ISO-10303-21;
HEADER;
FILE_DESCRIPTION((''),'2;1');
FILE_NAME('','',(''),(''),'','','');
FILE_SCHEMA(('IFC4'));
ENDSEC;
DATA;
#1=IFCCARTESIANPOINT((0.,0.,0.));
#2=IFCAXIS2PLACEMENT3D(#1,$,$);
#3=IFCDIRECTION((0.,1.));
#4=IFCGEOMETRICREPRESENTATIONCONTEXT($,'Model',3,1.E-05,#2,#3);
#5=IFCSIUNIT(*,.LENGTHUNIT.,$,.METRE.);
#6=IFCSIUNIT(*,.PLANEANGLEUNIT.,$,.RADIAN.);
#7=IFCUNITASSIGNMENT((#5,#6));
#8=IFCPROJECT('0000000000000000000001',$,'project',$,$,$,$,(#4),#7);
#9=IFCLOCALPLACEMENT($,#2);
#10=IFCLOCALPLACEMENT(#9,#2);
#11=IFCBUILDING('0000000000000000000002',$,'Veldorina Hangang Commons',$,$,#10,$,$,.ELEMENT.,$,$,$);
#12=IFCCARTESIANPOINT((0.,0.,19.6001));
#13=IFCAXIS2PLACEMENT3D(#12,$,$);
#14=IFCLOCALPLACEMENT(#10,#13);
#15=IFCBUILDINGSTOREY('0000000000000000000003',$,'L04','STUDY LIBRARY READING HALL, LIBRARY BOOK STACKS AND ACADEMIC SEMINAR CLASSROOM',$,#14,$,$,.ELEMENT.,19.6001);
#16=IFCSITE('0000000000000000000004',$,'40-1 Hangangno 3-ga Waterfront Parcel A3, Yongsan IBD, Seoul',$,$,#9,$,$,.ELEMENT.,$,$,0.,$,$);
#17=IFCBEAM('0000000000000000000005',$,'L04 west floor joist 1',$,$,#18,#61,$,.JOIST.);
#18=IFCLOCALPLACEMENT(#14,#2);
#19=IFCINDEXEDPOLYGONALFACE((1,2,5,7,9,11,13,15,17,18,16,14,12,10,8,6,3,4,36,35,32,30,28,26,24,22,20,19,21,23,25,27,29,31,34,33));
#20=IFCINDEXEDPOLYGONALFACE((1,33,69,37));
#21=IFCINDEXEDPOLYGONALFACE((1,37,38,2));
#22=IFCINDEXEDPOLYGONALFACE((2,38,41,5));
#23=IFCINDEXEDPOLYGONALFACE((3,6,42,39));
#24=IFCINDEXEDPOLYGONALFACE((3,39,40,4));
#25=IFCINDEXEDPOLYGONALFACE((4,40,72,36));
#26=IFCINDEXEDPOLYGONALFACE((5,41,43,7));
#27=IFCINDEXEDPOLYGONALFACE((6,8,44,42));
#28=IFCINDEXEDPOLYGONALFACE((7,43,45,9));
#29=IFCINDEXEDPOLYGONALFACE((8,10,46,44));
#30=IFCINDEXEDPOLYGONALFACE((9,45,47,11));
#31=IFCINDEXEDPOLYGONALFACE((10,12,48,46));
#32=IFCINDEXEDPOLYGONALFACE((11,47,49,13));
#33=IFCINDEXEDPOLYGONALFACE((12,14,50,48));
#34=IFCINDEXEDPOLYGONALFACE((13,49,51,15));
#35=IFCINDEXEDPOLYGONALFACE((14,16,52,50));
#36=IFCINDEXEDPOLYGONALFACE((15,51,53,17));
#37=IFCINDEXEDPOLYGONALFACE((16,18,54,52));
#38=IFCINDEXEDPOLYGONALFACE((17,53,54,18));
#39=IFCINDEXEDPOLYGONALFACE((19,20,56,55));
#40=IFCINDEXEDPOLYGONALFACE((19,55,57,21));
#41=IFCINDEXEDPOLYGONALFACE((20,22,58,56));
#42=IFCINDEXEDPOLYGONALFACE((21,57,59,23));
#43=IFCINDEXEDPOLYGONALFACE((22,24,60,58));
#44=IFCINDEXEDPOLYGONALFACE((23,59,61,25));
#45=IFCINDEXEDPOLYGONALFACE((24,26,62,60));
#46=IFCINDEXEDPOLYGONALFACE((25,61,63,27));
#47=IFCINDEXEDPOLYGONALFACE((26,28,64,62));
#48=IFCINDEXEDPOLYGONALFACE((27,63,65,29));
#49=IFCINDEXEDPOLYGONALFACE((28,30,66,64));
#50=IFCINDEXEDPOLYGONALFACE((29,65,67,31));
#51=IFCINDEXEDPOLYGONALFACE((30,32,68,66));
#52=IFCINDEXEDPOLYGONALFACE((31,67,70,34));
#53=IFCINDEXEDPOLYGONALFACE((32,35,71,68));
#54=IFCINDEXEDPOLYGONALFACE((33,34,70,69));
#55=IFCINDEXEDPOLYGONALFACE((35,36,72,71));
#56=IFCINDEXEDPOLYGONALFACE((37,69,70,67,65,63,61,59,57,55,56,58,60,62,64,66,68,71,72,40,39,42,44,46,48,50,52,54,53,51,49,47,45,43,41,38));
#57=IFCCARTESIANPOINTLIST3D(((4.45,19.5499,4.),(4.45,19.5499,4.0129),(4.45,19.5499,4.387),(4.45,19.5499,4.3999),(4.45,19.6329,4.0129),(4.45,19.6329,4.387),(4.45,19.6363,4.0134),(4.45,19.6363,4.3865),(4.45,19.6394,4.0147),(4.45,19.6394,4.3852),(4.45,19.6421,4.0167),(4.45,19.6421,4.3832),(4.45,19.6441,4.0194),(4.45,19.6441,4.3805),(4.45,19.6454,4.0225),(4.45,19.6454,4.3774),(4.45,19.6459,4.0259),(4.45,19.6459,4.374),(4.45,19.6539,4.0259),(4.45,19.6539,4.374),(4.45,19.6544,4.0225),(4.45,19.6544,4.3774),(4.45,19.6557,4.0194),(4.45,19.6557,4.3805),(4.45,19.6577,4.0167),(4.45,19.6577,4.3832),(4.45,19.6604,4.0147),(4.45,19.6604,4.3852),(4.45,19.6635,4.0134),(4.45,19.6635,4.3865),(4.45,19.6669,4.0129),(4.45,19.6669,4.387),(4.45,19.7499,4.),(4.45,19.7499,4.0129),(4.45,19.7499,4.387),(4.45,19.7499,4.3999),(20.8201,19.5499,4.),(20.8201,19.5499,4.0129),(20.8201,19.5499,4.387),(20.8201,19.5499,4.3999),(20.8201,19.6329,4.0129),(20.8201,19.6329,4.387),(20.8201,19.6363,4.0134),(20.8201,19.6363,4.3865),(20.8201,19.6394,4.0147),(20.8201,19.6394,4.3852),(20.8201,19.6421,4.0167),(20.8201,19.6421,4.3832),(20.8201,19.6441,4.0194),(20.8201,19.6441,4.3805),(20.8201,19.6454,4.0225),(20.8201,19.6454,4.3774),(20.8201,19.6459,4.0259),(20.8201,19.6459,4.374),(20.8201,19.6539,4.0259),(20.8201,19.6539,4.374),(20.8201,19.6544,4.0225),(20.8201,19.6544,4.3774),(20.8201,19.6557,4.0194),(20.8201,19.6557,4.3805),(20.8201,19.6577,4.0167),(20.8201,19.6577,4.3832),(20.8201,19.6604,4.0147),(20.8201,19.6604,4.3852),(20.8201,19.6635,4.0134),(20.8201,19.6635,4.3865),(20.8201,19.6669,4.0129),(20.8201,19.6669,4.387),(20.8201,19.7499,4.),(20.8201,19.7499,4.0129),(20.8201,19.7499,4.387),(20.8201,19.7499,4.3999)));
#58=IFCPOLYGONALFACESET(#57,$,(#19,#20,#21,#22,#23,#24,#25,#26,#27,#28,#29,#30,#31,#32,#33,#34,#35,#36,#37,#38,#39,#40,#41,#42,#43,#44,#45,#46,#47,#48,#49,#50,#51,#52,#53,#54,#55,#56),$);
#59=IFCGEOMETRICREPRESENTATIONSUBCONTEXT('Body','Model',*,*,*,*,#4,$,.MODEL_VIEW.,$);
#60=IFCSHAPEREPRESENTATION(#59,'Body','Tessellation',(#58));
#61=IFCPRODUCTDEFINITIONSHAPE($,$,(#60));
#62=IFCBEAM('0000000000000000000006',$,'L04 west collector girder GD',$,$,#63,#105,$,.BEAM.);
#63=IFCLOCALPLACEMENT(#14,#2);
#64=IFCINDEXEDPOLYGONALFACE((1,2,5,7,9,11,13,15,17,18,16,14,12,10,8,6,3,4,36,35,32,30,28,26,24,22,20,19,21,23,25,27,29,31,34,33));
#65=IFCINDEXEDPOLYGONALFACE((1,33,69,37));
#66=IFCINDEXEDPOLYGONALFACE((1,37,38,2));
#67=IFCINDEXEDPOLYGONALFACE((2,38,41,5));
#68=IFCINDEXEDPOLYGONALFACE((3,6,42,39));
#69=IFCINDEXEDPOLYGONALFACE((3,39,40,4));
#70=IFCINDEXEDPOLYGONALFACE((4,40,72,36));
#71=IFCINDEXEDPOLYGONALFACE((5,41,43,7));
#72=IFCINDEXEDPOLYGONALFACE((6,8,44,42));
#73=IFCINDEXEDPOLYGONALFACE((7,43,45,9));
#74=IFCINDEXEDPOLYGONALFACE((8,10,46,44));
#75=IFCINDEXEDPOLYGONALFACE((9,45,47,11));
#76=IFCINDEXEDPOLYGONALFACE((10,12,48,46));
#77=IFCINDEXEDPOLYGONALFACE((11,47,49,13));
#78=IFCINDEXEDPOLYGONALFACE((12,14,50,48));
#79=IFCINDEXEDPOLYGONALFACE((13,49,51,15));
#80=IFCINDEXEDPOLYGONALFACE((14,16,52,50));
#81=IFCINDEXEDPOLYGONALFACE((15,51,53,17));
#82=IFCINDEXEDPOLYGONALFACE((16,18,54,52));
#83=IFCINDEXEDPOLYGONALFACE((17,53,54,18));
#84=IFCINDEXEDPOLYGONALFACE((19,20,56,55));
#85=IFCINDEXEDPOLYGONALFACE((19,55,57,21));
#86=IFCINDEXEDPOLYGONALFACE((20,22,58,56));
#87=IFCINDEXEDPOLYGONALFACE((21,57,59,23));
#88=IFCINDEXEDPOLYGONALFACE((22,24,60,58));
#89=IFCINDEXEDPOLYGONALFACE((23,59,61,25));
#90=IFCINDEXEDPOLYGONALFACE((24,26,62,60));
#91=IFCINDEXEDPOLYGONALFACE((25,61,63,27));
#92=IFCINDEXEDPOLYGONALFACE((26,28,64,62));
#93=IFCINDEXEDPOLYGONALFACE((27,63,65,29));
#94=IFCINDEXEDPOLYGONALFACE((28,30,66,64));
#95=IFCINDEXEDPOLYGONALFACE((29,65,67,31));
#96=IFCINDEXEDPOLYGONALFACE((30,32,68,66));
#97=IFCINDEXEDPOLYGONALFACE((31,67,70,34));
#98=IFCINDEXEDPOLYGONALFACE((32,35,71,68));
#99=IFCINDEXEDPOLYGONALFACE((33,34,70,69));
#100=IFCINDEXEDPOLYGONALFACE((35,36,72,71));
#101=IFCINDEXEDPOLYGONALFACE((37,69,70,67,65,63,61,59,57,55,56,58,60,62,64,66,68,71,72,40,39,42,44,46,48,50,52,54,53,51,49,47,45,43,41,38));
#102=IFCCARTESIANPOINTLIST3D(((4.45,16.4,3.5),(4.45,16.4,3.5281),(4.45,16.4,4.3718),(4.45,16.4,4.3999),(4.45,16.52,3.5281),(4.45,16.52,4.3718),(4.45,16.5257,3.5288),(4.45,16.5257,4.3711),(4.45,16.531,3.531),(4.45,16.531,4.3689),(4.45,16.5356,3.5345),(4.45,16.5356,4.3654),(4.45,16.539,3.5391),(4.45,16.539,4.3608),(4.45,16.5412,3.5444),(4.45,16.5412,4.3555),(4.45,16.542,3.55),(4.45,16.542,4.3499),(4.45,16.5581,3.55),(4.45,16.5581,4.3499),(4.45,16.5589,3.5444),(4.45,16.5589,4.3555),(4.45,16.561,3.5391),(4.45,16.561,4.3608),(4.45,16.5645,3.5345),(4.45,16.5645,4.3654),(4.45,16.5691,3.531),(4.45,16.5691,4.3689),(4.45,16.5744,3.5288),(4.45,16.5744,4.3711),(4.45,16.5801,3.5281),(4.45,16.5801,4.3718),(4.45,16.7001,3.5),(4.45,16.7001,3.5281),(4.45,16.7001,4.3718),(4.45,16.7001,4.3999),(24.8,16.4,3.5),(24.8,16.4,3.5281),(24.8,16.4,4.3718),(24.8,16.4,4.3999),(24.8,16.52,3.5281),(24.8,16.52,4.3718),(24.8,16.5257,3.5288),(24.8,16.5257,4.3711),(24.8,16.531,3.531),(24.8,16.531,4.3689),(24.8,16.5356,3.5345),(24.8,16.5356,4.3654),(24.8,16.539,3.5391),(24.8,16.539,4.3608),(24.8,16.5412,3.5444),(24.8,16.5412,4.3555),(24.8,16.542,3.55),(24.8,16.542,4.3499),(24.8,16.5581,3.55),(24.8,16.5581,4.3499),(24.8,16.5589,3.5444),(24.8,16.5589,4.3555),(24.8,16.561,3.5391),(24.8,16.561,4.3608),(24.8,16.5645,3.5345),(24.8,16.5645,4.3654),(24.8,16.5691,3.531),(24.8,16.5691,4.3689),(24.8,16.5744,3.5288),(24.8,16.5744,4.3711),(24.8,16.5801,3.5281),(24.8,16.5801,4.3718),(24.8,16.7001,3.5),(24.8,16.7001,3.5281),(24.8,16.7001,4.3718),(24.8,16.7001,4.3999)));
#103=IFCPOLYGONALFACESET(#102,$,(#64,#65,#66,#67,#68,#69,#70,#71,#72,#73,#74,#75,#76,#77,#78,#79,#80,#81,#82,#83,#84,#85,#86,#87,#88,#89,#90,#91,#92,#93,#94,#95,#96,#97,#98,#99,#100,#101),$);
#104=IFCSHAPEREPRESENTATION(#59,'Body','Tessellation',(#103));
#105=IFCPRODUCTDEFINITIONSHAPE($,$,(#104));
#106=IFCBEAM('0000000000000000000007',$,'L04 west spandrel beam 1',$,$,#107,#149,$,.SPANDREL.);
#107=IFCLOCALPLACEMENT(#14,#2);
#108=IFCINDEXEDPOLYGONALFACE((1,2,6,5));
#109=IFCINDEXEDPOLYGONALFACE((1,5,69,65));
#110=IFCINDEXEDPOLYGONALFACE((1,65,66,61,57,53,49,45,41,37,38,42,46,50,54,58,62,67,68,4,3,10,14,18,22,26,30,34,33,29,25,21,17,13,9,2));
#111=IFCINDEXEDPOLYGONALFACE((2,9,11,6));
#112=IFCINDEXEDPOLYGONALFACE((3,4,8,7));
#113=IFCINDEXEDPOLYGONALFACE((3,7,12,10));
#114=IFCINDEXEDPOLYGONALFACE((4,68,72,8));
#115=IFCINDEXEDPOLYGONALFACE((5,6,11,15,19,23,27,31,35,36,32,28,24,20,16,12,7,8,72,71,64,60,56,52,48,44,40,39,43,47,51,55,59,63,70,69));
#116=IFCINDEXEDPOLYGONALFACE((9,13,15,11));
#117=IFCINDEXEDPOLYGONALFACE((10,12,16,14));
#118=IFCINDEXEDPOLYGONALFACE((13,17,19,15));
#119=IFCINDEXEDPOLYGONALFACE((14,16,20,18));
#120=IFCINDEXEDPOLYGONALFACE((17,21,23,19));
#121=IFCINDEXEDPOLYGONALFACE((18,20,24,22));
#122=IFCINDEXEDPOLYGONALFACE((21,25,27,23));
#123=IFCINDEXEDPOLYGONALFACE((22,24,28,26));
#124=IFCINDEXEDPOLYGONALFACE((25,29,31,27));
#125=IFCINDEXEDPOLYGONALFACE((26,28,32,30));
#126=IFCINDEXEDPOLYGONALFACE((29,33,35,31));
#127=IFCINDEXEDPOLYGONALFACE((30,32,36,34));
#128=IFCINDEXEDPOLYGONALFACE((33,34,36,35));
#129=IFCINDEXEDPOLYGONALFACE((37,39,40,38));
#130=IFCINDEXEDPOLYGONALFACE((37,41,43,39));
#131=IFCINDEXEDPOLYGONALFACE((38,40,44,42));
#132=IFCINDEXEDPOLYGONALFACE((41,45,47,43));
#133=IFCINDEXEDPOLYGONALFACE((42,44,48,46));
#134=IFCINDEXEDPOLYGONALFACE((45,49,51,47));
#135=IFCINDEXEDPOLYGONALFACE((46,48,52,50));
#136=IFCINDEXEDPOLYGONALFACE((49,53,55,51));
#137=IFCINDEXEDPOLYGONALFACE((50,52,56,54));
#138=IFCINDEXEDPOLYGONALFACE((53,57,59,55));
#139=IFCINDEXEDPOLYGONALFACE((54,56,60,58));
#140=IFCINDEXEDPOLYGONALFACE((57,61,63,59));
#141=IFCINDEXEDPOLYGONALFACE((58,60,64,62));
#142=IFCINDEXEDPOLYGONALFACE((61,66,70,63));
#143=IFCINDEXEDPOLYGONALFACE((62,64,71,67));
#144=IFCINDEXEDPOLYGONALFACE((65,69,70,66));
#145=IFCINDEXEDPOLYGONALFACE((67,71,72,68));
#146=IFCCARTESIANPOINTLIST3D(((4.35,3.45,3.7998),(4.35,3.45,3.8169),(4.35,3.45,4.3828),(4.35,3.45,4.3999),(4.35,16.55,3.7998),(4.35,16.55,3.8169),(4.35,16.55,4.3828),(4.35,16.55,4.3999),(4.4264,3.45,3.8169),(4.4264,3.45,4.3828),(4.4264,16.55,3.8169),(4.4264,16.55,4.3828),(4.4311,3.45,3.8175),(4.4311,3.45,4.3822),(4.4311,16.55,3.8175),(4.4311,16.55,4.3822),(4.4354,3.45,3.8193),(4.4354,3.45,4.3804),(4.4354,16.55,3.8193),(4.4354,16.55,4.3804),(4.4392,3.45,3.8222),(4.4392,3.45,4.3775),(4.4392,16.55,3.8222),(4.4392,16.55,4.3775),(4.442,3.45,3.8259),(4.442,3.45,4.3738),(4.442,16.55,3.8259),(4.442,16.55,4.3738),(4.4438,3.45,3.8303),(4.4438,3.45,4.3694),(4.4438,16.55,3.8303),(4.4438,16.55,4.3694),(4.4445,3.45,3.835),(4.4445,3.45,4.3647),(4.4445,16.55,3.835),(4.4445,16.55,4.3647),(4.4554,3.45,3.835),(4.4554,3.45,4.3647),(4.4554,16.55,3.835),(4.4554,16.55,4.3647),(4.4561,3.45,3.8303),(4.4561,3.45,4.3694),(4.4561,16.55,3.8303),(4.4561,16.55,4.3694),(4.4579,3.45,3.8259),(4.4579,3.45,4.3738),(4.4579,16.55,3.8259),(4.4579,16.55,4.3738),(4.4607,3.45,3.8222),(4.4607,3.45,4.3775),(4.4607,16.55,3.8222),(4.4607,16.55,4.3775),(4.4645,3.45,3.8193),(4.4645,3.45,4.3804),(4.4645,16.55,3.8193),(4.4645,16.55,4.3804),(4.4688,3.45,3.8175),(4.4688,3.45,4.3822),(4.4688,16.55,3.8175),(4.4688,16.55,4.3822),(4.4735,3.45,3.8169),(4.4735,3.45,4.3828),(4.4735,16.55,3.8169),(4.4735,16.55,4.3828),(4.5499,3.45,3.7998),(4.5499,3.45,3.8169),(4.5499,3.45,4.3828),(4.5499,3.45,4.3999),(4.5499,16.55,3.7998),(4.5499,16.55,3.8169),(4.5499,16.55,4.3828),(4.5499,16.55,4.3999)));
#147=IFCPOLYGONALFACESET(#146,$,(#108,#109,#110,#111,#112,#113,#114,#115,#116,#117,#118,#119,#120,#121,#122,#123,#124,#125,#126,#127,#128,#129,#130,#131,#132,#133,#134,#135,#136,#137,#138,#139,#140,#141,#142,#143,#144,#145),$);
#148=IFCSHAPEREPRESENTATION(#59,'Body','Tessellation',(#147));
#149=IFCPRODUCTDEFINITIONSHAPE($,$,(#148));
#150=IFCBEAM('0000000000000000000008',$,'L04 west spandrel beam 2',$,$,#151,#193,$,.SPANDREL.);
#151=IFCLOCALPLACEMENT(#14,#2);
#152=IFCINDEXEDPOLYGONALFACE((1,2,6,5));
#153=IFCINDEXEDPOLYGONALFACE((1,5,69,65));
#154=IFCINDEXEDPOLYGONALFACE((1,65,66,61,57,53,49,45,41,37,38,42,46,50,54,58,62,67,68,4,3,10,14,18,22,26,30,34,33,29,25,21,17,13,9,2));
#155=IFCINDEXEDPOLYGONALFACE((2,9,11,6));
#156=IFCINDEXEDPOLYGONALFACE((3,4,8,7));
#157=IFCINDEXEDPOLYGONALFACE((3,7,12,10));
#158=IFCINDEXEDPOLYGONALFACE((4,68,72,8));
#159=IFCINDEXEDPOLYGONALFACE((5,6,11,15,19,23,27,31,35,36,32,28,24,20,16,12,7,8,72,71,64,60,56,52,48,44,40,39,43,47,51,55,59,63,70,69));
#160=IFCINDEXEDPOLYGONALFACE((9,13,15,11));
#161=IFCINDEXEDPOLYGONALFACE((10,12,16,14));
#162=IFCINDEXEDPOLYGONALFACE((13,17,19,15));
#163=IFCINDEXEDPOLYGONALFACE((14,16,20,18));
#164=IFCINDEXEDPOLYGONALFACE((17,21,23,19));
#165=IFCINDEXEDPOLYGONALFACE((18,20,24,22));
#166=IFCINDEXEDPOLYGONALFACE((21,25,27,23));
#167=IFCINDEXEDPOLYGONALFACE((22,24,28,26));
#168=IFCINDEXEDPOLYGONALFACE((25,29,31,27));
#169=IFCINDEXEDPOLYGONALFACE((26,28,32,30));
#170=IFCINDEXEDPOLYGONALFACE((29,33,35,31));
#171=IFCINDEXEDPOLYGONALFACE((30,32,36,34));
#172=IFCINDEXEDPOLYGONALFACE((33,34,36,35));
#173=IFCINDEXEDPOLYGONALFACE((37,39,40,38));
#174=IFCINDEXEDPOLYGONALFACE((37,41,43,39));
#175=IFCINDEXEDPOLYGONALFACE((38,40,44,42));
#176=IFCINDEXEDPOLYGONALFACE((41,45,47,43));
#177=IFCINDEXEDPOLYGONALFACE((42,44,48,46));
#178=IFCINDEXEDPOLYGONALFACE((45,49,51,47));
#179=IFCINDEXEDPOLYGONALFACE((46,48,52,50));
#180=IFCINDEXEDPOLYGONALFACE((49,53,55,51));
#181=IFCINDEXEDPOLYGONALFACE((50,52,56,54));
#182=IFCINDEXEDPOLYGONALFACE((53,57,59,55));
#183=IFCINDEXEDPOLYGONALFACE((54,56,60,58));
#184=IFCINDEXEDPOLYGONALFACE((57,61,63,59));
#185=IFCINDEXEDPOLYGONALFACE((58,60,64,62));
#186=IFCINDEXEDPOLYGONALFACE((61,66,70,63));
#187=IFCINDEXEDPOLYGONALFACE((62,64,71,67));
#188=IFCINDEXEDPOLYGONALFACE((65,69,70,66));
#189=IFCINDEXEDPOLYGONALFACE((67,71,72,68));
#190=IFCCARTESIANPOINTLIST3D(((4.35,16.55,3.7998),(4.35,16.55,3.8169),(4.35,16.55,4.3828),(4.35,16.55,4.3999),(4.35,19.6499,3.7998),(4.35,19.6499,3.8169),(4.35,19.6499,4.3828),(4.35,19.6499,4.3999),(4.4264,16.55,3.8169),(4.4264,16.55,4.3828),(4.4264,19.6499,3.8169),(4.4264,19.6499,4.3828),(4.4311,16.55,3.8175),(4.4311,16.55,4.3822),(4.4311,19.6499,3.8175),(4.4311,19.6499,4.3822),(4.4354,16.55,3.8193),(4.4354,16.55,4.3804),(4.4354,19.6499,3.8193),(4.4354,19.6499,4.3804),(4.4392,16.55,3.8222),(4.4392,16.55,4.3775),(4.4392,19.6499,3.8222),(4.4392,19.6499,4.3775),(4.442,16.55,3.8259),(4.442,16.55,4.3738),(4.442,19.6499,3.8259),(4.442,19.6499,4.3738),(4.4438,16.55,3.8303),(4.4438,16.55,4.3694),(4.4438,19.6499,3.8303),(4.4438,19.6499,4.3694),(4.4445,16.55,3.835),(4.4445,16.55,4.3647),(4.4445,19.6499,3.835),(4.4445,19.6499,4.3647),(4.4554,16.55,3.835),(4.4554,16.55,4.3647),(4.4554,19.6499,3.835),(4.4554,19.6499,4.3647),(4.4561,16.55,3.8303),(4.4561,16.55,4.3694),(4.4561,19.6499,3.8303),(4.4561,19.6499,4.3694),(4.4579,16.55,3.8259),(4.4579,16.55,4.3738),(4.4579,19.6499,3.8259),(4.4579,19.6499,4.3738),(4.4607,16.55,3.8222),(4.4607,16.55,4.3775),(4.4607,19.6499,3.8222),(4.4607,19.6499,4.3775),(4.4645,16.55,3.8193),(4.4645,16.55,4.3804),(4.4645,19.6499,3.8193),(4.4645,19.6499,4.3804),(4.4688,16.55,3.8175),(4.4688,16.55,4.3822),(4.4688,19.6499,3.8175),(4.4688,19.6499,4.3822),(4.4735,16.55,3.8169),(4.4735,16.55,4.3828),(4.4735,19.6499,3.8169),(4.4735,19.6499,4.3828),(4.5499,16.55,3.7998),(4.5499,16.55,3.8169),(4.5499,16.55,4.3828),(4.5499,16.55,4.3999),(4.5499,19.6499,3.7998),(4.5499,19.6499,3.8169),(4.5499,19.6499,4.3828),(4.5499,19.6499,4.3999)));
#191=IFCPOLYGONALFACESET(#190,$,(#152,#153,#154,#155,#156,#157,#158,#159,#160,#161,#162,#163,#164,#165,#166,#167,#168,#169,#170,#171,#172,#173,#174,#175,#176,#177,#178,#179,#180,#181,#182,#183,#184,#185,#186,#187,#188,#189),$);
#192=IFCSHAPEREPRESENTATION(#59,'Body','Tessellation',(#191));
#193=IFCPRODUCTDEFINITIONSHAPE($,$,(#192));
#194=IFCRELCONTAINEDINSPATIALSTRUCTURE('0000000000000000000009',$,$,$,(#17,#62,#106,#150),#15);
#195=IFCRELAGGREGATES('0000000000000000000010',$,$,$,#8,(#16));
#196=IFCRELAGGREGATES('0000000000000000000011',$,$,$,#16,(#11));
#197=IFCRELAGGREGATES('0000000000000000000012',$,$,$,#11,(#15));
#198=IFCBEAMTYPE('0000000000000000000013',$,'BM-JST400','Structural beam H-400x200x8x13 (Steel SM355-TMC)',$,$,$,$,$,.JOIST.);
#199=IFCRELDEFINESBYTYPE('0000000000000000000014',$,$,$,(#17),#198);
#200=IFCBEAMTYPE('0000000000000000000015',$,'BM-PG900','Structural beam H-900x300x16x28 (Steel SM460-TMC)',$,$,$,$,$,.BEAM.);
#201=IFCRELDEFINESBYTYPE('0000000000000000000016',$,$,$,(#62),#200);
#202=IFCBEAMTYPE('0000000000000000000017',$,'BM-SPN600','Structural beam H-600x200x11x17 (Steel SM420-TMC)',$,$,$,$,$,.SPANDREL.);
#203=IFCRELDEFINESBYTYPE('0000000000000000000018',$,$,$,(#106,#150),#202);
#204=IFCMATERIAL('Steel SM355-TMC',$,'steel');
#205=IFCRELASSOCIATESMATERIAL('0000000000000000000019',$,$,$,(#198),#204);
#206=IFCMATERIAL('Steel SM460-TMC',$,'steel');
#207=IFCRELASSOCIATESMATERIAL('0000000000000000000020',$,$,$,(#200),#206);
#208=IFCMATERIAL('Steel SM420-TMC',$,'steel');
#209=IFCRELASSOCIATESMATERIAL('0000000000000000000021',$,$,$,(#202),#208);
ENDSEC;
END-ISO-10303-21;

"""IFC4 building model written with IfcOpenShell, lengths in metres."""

from ifc_helpers import new_model, si_unit, direction, frame, origin, origin_2d, place, context, subcontext, project, spatial, i_section, extrude, material, material_profile, profile_set, type_object, element, save


model = new_model("IFC4")

# Units and contexts
model_context = context("Model", 3, precision=1e-05, world=origin(), true_north=direction((0.0, 1.0)))
body_context = subcontext(model_context, "Body", "Model", "MODEL_VIEW")
ifc_project = project(units=[si_unit("LENGTHUNIT", "METRE"), si_unit("PLANEANGLEUNIT", "RADIAN")], contexts=[model_context])

# Site, building, storey
site_placement = place(None, origin())
site = spatial("IfcSite", under=ifc_project, at=site_placement, Name="40-1 Hangangno 3-ga Waterfront Parcel A3, Yongsan IBD, Seoul", CompositionType="ELEMENT", RefElevation=0.0)
building_placement = place(site_placement, origin())
building = spatial("IfcBuilding", under=site, at=building_placement, Name="Veldorina Hangang Commons", CompositionType="ELEMENT")
storey_placement = place(building_placement, frame((0.0, 0.0, 19.6001)))
storey = spatial("IfcBuildingStorey", under=building, at=storey_placement, Name="L04", Description="STUDY LIBRARY READING HALL, LIBRARY BOOK STACKS AND ACADEMIC SEMINAR CLASSROOM", CompositionType="ELEMENT", Elevation=19.6001)

# Shared definitions
ifc_material_1 = material(Name="Steel SM420-TMC", Category="steel")
ifc_material_2 = material(Name="Steel SM355-TMC", Category="steel")

# Beams
ifc_material_profile_1 = material_profile(ifc_material_2, i_section(OverallWidth=0.2, OverallDepth=0.3999, WebThickness=0.0081, FlangeThickness=0.0129, FilletRadius=0.0129, at=origin_2d()), Name="H-400x200x8x13")
ifc_profile_set_1 = profile_set([ifc_material_profile_1], Name="Steel SM355-TMC")
beam_type_1 = type_object("IfcBeamType", Name="BM-JST400", Description="Structural beam H-400x200x8x13 (Steel SM355-TMC)", PredefinedType="JOIST", material=ifc_profile_set_1)
beam_1_placement = place(storey_placement, frame((4.45, 19.6499, 4.2), z_axis=(1.0, 0.0, 0.0), x_axis=(0.0, 1.0, 0.0)))
element("IfcBeam", 1, at=beam_1_placement, inside=storey, type_object=beam_type_1, Name="L04 west floor joist 1", PredefinedType="JOIST", context=body_context, shape_type="SweptSolid", body=[
    extrude(i_section(OverallWidth=0.2, OverallDepth=0.3999, WebThickness=0.0081, FlangeThickness=0.0129, FilletRadius=0.0129, at=origin_2d()), origin(), (0.0, 0.0, 1.0), 16.3701),
])
ifc_material_3 = material(Name="Steel SM460-TMC", Category="steel")
ifc_material_profile_2 = material_profile(ifc_material_3, i_section(OverallWidth=0.3, OverallDepth=0.8999, WebThickness=0.0161, FlangeThickness=0.0281, FilletRadius=0.022, at=origin_2d()), Name="H-900x300x16x28")
ifc_profile_set_2 = profile_set([ifc_material_profile_2], Name="Steel SM460-TMC")
beam_type_2 = type_object("IfcBeamType", Name="BM-PG900", Description="Structural beam H-900x300x16x28 (Steel SM460-TMC)", PredefinedType="BEAM", material=ifc_profile_set_2)
beam_2_placement = place(storey_placement, frame((4.45, 16.55, 3.95), z_axis=(1.0, 0.0, 0.0), x_axis=(0.0, 1.0, 0.0)))
element("IfcBeam", 2, at=beam_2_placement, inside=storey, type_object=beam_type_2, Name="L04 west collector girder GD", PredefinedType="BEAM", context=body_context, shape_type="SweptSolid", body=[
    extrude(i_section(OverallWidth=0.3, OverallDepth=0.8999, WebThickness=0.0161, FlangeThickness=0.0281, FilletRadius=0.022, at=origin_2d()), origin(), (0.0, 0.0, 1.0), 20.3501),
])
ifc_material_profile_3 = material_profile(ifc_material_1, i_section(OverallWidth=0.2, OverallDepth=0.6001, WebThickness=0.011, FlangeThickness=0.0171, FilletRadius=0.0181, at=origin_2d()), Name="H-600x200x11x17")
ifc_profile_set_3 = profile_set([ifc_material_profile_3], Name="Steel SM420-TMC")
beam_type_3 = type_object("IfcBeamType", Name="BM-SPN600", Description="Structural beam H-600x200x11x17 (Steel SM420-TMC)", PredefinedType="SPANDREL", material=ifc_profile_set_3)
beam_3_placement = place(storey_placement, frame((4.45, 3.45, 4.0999), z_axis=(0.0, 1.0, 0.0), x_axis=(-1.0, 0.0, 0.0)))
element("IfcBeam", 3, at=beam_3_placement, inside=storey, type_object=beam_type_3, Name="L04 west spandrel beam 1", PredefinedType="SPANDREL", context=body_context, shape_type="SweptSolid", body=[
    extrude(i_section(OverallWidth=0.2, OverallDepth=0.6001, WebThickness=0.011, FlangeThickness=0.0171, FilletRadius=0.0181, at=origin_2d()), origin(), (0.0, 0.0, 1.0), 13.1001),
])
beam_4_placement = place(storey_placement, frame((4.45, 16.55, 4.0999), z_axis=(0.0, 1.0, 0.0), x_axis=(-1.0, 0.0, 0.0)))
element("IfcBeam", 4, at=beam_4_placement, inside=storey, type_object=beam_type_3, Name="L04 west spandrel beam 2", PredefinedType="SPANDREL", context=body_context, shape_type="SweptSolid", body=[
    extrude(i_section(OverallWidth=0.2, OverallDepth=0.6001, WebThickness=0.011, FlangeThickness=0.0171, FilletRadius=0.0181, at=origin_2d()), origin(), (0.0, 0.0, 1.0), 3.0999),
])

save(model, "model.ifc")
